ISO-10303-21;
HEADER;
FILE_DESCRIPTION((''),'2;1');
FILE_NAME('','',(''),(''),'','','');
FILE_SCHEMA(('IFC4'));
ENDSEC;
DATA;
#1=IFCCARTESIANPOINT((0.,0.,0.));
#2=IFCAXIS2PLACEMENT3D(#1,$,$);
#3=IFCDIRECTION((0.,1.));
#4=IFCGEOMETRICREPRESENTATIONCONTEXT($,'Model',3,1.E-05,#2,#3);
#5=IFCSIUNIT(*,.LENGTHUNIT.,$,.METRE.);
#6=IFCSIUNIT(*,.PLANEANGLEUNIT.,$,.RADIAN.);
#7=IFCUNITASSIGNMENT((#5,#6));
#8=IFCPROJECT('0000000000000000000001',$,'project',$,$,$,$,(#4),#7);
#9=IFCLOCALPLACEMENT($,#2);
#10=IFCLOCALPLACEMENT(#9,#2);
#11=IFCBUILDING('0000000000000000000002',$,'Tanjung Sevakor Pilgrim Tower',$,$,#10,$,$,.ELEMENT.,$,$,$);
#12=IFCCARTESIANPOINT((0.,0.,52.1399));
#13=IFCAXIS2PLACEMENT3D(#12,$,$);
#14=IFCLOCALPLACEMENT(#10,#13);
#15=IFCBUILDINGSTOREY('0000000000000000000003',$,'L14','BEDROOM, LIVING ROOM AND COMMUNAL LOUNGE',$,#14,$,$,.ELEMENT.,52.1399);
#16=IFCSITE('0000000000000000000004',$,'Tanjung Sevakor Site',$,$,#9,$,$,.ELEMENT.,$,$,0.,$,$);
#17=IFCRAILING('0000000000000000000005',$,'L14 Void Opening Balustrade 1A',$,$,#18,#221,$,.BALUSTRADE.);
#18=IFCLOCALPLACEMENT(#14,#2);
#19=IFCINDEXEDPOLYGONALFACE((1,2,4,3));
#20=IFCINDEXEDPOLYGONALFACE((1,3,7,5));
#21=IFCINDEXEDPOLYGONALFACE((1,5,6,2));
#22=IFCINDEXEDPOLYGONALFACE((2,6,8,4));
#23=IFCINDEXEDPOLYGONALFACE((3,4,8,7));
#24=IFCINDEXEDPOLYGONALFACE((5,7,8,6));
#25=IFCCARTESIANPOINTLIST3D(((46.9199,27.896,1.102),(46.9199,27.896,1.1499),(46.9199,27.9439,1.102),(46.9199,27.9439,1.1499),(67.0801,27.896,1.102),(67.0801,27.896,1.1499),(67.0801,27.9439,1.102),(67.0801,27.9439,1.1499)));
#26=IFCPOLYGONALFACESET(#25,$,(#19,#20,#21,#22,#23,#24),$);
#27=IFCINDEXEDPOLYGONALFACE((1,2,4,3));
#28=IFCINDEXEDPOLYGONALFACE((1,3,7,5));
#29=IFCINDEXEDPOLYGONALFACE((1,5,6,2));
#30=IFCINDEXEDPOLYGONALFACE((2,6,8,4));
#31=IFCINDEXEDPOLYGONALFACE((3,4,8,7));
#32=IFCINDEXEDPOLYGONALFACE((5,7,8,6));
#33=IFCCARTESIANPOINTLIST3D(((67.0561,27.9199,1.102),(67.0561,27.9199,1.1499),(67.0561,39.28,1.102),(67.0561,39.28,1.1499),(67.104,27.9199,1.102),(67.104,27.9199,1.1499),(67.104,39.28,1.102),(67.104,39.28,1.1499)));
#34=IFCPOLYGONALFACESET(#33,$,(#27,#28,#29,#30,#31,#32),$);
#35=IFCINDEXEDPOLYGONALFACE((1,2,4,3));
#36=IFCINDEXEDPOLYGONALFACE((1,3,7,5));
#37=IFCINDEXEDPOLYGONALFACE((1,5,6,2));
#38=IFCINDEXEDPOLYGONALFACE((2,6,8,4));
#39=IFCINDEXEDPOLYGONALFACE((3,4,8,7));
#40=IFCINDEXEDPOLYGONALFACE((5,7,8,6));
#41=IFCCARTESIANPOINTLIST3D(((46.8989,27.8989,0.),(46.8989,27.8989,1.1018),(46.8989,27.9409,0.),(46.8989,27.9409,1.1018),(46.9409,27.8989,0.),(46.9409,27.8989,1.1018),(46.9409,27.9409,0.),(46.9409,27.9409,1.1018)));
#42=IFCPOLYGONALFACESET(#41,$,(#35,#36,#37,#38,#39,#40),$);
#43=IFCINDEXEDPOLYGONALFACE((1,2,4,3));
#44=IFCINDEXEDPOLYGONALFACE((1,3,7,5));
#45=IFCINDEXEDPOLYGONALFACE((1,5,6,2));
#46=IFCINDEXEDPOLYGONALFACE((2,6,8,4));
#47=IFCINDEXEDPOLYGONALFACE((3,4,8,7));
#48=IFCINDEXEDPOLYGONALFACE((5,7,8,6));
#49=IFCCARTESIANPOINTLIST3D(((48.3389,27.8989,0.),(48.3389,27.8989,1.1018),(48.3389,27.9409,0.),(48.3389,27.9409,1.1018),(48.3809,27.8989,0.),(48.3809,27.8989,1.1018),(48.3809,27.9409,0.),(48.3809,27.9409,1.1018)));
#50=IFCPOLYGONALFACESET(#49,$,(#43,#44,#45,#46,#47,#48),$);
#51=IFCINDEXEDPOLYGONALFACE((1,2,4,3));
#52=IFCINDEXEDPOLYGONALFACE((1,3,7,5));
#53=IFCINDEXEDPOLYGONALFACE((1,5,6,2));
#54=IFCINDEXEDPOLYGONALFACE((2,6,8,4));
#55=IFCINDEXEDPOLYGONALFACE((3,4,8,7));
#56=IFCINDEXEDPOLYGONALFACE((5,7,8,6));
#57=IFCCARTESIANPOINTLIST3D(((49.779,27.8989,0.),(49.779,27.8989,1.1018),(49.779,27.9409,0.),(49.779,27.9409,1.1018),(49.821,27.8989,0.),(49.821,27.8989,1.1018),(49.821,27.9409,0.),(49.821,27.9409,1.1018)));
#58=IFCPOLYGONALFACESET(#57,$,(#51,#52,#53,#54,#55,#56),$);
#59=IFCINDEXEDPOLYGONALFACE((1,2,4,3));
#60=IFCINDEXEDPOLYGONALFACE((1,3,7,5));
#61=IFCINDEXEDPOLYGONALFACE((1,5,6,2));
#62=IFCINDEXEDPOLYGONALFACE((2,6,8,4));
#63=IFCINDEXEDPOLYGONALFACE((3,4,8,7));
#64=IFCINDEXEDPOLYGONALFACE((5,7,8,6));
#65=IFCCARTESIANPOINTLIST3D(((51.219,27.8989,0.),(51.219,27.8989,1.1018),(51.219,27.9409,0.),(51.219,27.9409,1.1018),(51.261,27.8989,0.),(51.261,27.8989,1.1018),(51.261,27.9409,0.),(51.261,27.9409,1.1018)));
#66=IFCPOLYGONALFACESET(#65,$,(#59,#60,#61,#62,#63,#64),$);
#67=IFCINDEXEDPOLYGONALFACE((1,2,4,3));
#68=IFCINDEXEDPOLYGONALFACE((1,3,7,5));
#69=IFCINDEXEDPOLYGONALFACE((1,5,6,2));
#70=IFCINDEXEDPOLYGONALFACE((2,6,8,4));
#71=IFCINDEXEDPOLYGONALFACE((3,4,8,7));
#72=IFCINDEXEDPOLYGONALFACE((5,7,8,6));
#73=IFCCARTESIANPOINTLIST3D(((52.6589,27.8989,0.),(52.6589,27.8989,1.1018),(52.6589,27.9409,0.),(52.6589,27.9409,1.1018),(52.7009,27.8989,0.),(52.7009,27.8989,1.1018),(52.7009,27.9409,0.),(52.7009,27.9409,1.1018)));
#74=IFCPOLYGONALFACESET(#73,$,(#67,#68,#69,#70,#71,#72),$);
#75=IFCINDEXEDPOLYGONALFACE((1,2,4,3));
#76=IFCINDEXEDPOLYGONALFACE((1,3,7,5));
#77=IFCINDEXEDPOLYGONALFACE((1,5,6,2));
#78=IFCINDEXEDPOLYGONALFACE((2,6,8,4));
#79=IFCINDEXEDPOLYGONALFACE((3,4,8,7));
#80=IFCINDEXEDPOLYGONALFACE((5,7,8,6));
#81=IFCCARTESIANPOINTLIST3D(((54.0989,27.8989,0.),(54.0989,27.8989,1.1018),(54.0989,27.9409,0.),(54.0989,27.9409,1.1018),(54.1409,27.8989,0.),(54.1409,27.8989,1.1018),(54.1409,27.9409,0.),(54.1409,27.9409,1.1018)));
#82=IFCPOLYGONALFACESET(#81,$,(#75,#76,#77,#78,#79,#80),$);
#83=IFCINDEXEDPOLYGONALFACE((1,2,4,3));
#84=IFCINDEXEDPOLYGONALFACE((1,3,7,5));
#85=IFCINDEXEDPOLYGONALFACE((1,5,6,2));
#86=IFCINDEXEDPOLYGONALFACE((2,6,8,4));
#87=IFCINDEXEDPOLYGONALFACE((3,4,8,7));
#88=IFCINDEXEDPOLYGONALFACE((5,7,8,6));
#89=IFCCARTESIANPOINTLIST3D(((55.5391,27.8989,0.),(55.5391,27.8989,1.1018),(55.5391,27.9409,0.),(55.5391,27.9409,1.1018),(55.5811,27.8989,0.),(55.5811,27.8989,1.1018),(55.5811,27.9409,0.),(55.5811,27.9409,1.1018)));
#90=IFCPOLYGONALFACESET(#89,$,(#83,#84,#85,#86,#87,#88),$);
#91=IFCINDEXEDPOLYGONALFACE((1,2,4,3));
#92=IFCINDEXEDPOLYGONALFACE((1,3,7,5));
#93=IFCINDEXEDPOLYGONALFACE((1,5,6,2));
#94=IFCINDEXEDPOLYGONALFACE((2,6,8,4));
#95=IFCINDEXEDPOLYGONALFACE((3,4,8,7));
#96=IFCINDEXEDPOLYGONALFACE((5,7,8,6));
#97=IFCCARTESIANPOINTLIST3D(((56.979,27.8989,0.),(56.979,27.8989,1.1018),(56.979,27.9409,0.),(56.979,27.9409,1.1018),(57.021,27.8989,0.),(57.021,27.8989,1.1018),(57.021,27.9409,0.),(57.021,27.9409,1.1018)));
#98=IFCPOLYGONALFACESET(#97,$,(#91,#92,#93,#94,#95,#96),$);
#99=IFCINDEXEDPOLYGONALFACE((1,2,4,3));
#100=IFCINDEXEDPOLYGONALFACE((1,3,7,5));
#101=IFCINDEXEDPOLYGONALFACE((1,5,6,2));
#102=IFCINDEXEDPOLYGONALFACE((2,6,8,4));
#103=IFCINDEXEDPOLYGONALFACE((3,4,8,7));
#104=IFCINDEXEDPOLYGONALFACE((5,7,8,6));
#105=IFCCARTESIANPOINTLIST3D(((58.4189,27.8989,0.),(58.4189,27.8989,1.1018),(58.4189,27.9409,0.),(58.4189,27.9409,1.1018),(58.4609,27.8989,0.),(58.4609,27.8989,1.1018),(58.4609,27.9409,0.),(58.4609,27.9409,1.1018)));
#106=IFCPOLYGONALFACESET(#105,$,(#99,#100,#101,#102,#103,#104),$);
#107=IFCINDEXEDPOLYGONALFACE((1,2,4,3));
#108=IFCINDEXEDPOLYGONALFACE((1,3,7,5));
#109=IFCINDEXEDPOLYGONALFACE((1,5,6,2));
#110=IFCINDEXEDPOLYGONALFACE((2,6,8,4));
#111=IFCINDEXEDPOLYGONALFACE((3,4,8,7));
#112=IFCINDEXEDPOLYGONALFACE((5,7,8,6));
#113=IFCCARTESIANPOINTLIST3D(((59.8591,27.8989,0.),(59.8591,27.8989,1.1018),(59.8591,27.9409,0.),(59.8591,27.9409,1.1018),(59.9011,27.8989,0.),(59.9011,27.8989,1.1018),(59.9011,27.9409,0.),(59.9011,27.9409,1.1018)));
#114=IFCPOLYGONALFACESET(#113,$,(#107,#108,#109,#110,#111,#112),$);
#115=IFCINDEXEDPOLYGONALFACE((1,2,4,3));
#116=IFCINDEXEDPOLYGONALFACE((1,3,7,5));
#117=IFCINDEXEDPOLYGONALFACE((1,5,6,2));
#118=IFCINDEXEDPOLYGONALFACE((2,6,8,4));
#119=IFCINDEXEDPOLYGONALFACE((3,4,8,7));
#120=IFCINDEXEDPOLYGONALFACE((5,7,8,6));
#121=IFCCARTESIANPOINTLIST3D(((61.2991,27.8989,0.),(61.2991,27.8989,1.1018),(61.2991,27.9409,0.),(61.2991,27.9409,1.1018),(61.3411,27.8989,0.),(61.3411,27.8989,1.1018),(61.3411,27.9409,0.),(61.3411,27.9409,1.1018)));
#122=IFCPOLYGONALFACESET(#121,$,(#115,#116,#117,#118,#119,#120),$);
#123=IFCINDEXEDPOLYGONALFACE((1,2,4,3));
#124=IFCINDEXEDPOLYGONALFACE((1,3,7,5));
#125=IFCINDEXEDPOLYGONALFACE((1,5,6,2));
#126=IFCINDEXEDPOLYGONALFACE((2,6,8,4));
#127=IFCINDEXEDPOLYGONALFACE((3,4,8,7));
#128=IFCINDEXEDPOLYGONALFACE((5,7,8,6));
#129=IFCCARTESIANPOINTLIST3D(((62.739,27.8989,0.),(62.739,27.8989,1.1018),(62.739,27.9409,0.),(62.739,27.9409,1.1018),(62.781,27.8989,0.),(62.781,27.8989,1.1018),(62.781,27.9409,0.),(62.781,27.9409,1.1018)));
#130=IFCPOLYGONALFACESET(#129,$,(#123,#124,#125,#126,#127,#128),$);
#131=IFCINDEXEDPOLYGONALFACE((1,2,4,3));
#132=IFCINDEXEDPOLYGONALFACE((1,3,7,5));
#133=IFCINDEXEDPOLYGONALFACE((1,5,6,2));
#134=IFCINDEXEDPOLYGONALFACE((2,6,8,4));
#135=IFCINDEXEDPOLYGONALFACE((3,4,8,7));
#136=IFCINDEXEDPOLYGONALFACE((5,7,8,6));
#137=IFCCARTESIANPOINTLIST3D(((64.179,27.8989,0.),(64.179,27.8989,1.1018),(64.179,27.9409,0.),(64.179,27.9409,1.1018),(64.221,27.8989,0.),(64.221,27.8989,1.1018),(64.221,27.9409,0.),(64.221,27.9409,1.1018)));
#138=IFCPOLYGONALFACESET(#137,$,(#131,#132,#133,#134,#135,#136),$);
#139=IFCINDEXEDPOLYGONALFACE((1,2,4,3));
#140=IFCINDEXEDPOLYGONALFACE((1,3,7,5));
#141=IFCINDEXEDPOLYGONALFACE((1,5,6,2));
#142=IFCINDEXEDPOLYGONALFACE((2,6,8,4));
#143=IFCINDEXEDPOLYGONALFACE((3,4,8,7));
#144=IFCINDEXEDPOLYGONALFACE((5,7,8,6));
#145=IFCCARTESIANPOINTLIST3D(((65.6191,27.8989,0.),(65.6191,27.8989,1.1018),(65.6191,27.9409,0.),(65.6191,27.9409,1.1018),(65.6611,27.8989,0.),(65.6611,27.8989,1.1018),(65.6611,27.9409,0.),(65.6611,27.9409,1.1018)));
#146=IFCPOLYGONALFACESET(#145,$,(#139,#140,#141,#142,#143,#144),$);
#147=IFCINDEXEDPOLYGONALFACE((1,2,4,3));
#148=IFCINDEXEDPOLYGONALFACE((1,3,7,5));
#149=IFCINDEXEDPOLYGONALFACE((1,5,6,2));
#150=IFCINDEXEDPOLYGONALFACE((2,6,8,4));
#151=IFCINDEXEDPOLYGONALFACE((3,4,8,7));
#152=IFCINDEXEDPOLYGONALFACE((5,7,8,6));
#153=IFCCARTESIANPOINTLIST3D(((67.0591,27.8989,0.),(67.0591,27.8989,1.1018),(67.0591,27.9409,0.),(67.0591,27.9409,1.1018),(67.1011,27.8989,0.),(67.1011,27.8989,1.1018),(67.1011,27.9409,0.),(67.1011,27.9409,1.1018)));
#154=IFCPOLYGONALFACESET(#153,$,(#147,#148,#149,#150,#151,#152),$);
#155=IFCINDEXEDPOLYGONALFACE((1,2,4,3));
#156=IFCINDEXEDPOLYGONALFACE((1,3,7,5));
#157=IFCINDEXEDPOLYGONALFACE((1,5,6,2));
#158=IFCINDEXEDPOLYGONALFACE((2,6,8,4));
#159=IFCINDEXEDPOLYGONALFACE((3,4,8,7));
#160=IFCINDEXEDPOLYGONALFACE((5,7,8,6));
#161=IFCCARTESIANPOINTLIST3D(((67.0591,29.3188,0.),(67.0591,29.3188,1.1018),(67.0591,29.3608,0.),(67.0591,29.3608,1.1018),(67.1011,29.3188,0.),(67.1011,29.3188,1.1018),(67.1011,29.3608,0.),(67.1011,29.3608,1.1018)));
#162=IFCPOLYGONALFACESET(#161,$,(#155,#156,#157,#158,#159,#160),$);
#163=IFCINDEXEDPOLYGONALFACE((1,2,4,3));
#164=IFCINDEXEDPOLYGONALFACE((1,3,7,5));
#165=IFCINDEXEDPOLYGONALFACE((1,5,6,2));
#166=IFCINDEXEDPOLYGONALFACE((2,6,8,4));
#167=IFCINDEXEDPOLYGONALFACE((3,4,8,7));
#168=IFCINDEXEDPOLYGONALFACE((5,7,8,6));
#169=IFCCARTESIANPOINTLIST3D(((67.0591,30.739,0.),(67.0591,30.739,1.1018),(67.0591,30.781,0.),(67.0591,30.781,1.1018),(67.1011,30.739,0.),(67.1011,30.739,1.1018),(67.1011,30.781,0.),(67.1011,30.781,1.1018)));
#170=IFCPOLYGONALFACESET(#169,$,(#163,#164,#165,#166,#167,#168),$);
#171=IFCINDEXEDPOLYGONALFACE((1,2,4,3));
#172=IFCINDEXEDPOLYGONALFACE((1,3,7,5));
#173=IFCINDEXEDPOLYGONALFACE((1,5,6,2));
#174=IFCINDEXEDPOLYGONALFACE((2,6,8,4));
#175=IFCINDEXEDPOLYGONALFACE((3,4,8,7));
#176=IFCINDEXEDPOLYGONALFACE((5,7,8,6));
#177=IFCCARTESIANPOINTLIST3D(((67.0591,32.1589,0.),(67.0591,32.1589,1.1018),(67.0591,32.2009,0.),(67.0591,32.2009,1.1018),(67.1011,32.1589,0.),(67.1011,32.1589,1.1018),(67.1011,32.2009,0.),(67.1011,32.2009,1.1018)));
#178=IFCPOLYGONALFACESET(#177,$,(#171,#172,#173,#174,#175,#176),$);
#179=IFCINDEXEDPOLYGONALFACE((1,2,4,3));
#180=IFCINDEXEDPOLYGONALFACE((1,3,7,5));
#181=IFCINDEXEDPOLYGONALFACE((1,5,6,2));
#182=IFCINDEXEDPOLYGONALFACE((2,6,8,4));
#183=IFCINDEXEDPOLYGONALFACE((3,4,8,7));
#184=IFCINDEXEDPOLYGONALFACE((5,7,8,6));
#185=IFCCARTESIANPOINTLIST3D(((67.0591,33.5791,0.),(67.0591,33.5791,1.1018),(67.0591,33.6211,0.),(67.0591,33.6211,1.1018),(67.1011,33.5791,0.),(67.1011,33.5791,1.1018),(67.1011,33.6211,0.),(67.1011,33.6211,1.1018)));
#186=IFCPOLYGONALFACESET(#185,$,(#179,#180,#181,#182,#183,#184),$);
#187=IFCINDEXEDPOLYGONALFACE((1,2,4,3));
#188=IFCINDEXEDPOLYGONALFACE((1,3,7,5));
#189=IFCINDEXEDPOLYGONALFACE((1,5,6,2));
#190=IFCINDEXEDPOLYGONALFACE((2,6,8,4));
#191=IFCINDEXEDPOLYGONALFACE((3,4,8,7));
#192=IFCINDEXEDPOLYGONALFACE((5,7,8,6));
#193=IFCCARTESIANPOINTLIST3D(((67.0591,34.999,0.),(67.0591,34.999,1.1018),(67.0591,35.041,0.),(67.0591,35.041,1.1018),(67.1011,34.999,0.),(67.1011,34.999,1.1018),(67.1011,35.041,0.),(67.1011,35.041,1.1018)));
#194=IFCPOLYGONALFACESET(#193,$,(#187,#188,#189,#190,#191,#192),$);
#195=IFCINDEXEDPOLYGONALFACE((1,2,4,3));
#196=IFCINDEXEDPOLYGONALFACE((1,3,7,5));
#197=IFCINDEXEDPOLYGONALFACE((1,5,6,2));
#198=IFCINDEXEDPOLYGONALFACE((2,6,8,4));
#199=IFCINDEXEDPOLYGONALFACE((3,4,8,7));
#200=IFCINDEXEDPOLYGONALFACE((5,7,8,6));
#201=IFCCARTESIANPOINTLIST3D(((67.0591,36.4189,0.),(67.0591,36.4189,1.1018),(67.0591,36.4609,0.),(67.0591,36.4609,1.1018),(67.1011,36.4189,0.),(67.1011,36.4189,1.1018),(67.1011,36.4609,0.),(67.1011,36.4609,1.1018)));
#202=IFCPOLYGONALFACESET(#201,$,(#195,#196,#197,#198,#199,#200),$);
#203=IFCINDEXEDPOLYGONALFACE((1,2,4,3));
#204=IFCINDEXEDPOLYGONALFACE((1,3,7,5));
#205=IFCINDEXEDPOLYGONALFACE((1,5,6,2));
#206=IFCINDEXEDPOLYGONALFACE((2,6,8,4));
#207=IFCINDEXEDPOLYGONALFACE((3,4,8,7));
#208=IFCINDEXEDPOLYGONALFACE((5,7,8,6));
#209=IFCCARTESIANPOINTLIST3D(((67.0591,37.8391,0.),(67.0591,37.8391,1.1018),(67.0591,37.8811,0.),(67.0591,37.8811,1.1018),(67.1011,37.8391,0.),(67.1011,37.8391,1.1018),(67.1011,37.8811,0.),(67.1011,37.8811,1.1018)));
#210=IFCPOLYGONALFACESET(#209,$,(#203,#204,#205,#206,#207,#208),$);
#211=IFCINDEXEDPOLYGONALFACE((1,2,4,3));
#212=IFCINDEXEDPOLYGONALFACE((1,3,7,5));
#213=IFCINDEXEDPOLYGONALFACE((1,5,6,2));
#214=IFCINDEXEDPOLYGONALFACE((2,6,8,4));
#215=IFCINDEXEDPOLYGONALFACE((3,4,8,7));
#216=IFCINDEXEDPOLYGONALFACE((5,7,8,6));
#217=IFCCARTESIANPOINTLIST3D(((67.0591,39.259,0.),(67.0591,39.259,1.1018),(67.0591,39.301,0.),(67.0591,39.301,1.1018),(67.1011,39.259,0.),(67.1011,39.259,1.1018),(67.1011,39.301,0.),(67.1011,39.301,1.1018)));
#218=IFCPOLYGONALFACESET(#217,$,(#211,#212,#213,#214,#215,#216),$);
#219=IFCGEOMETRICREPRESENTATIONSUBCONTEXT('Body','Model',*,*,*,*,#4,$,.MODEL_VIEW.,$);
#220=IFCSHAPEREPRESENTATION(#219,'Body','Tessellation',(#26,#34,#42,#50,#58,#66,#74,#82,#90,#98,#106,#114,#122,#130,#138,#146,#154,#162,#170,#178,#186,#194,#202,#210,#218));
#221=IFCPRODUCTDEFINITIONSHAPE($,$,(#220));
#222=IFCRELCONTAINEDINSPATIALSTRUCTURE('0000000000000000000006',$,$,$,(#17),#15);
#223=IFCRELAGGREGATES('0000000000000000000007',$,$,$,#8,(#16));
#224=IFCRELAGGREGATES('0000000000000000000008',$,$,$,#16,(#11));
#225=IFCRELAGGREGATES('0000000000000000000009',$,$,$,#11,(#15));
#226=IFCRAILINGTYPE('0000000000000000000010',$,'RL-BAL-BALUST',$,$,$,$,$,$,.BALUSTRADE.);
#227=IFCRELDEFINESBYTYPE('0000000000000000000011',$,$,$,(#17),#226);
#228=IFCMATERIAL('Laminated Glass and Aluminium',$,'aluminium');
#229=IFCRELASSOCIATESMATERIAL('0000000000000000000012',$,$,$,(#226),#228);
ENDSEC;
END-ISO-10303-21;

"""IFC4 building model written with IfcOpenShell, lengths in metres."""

from ifc_helpers import new_model, si_unit, direction, frame, origin, place, context, subcontext, project, spatial, rectangle, extrude, material, type_object, element, save


model = new_model("IFC4")

# Units and contexts
model_context = context("Model", 3, precision=1e-05, world=origin(), true_north=direction((0.0, 1.0)))
body_context = subcontext(model_context, "Body", "Model", "MODEL_VIEW")
ifc_project = project(units=[si_unit("LENGTHUNIT", "METRE"), si_unit("PLANEANGLEUNIT", "RADIAN")], contexts=[model_context])

# Site, building, storey
site_placement = place(None, origin())
site = spatial("IfcSite", under=ifc_project, at=site_placement, Name="Tanjung Sevakor Site", CompositionType="ELEMENT", RefElevation=0.0)
building_placement = place(site_placement, origin())
building = spatial("IfcBuilding", under=site, at=building_placement, Name="Tanjung Sevakor Pilgrim Tower", CompositionType="ELEMENT")
storey_placement = place(building_placement, frame((0.0, 0.0, 52.1399)))
storey = spatial("IfcBuildingStorey", under=building, at=storey_placement, Name="L14", Description="BEDROOM, LIVING ROOM AND COMMUNAL LOUNGE", CompositionType="ELEMENT", Elevation=52.1399)

# Railing
ifc_material_1 = material(Name="Laminated Glass and Aluminium", Category="aluminium")
railing_type = type_object("IfcRailingType", Name="RL-BAL-BALUST", PredefinedType="BALUSTRADE", material=ifc_material_1)
railing_placement = place(storey_placement, frame((46.9199, 27.9199, 0.0)))
element("IfcRailing", 1, at=railing_placement, inside=storey, type_object=railing_type, Name="L14 Void Opening Balustrade 1A", PredefinedType="BALUSTRADE", context=body_context, shape_type="SweptSolid", body=[
    extrude(rectangle(XDim=0.0479, YDim=0.0479), frame((0.0, 0.0, 1.126), z_axis=(1.0, 0.0, 0.0), x_axis=(0.0, 1.0, 0.0)), (0.0, 0.0, 1.0), 20.1602),
    extrude(rectangle(XDim=0.0479, YDim=0.0479), frame((20.1602, 0.0, 1.126), z_axis=(0.0, 1.0, 0.0), x_axis=(-1.0, 0.0, 0.0)), (0.0, 0.0, 1.0), 11.3601),
    extrude(rectangle(XDim=0.042, YDim=0.042), origin(), (0.0, 0.0, 1.0), 1.1018),
    extrude(rectangle(XDim=0.042, YDim=0.042), frame((1.4399, 0.0, 0.0)), (0.0, 0.0, 1.0), 1.1018),
    extrude(rectangle(XDim=0.042, YDim=0.042), frame((2.8801, 0.0, 0.0)), (0.0, 0.0, 1.0), 1.1018),
    extrude(rectangle(XDim=0.042, YDim=0.042), frame((4.3201, 0.0, 0.0)), (0.0, 0.0, 1.0), 1.1018),
    extrude(rectangle(XDim=0.042, YDim=0.042), frame((5.76, 0.0, 0.0)), (0.0, 0.0, 1.0), 1.1018),
    extrude(rectangle(XDim=0.042, YDim=0.042), frame((7.2, 0.0, 0.0)), (0.0, 0.0, 1.0), 1.1018),
    extrude(rectangle(XDim=0.042, YDim=0.042), frame((8.6401, 0.0, 0.0)), (0.0, 0.0, 1.0), 1.1018),
    extrude(rectangle(XDim=0.042, YDim=0.042), frame((10.0801, 0.0, 0.0)), (0.0, 0.0, 1.0), 1.1018),
    extrude(rectangle(XDim=0.042, YDim=0.042), frame((11.52, 0.0, 0.0)), (0.0, 0.0, 1.0), 1.1018),
    extrude(rectangle(XDim=0.042, YDim=0.042), frame((12.9602, 0.0, 0.0)), (0.0, 0.0, 1.0), 1.1018),
    extrude(rectangle(XDim=0.042, YDim=0.042), frame((14.4001, 0.0, 0.0)), (0.0, 0.0, 1.0), 1.1018),
    extrude(rectangle(XDim=0.042, YDim=0.042), frame((15.8401, 0.0, 0.0)), (0.0, 0.0, 1.0), 1.1018),
    extrude(rectangle(XDim=0.042, YDim=0.042), frame((17.28, 0.0, 0.0)), (0.0, 0.0, 1.0), 1.1018),
    extrude(rectangle(XDim=0.042, YDim=0.042), frame((18.7202, 0.0, 0.0)), (0.0, 0.0, 1.0), 1.1018),
    extrude(rectangle(XDim=0.042, YDim=0.042), frame((20.1602, 0.0, 0.0)), (0.0, 0.0, 1.0), 1.1018),
    extrude(rectangle(XDim=0.042, YDim=0.042), frame((20.1602, 1.4199, 0.0)), (0.0, 0.0, 1.0), 1.1018),
    extrude(rectangle(XDim=0.042, YDim=0.042), frame((20.1602, 2.8401, 0.0)), (0.0, 0.0, 1.0), 1.1018),
    extrude(rectangle(XDim=0.042, YDim=0.042), frame((20.1602, 4.26, 0.0)), (0.0, 0.0, 1.0), 1.1018),
    extrude(rectangle(XDim=0.042, YDim=0.042), frame((20.1602, 5.6802, 0.0)), (0.0, 0.0, 1.0), 1.1018),
    extrude(rectangle(XDim=0.042, YDim=0.042), frame((20.1602, 7.1001, 0.0)), (0.0, 0.0, 1.0), 1.1018),
    extrude(rectangle(XDim=0.042, YDim=0.042), frame((20.1602, 8.52, 0.0)), (0.0, 0.0, 1.0), 1.1018),
    extrude(rectangle(XDim=0.042, YDim=0.042), frame((20.1602, 9.9402, 0.0)), (0.0, 0.0, 1.0), 1.1018),
    extrude(rectangle(XDim=0.042, YDim=0.042), frame((20.1602, 11.3601, 0.0)), (0.0, 0.0, 1.0), 1.1018),
])

save(model, "model.ifc")
